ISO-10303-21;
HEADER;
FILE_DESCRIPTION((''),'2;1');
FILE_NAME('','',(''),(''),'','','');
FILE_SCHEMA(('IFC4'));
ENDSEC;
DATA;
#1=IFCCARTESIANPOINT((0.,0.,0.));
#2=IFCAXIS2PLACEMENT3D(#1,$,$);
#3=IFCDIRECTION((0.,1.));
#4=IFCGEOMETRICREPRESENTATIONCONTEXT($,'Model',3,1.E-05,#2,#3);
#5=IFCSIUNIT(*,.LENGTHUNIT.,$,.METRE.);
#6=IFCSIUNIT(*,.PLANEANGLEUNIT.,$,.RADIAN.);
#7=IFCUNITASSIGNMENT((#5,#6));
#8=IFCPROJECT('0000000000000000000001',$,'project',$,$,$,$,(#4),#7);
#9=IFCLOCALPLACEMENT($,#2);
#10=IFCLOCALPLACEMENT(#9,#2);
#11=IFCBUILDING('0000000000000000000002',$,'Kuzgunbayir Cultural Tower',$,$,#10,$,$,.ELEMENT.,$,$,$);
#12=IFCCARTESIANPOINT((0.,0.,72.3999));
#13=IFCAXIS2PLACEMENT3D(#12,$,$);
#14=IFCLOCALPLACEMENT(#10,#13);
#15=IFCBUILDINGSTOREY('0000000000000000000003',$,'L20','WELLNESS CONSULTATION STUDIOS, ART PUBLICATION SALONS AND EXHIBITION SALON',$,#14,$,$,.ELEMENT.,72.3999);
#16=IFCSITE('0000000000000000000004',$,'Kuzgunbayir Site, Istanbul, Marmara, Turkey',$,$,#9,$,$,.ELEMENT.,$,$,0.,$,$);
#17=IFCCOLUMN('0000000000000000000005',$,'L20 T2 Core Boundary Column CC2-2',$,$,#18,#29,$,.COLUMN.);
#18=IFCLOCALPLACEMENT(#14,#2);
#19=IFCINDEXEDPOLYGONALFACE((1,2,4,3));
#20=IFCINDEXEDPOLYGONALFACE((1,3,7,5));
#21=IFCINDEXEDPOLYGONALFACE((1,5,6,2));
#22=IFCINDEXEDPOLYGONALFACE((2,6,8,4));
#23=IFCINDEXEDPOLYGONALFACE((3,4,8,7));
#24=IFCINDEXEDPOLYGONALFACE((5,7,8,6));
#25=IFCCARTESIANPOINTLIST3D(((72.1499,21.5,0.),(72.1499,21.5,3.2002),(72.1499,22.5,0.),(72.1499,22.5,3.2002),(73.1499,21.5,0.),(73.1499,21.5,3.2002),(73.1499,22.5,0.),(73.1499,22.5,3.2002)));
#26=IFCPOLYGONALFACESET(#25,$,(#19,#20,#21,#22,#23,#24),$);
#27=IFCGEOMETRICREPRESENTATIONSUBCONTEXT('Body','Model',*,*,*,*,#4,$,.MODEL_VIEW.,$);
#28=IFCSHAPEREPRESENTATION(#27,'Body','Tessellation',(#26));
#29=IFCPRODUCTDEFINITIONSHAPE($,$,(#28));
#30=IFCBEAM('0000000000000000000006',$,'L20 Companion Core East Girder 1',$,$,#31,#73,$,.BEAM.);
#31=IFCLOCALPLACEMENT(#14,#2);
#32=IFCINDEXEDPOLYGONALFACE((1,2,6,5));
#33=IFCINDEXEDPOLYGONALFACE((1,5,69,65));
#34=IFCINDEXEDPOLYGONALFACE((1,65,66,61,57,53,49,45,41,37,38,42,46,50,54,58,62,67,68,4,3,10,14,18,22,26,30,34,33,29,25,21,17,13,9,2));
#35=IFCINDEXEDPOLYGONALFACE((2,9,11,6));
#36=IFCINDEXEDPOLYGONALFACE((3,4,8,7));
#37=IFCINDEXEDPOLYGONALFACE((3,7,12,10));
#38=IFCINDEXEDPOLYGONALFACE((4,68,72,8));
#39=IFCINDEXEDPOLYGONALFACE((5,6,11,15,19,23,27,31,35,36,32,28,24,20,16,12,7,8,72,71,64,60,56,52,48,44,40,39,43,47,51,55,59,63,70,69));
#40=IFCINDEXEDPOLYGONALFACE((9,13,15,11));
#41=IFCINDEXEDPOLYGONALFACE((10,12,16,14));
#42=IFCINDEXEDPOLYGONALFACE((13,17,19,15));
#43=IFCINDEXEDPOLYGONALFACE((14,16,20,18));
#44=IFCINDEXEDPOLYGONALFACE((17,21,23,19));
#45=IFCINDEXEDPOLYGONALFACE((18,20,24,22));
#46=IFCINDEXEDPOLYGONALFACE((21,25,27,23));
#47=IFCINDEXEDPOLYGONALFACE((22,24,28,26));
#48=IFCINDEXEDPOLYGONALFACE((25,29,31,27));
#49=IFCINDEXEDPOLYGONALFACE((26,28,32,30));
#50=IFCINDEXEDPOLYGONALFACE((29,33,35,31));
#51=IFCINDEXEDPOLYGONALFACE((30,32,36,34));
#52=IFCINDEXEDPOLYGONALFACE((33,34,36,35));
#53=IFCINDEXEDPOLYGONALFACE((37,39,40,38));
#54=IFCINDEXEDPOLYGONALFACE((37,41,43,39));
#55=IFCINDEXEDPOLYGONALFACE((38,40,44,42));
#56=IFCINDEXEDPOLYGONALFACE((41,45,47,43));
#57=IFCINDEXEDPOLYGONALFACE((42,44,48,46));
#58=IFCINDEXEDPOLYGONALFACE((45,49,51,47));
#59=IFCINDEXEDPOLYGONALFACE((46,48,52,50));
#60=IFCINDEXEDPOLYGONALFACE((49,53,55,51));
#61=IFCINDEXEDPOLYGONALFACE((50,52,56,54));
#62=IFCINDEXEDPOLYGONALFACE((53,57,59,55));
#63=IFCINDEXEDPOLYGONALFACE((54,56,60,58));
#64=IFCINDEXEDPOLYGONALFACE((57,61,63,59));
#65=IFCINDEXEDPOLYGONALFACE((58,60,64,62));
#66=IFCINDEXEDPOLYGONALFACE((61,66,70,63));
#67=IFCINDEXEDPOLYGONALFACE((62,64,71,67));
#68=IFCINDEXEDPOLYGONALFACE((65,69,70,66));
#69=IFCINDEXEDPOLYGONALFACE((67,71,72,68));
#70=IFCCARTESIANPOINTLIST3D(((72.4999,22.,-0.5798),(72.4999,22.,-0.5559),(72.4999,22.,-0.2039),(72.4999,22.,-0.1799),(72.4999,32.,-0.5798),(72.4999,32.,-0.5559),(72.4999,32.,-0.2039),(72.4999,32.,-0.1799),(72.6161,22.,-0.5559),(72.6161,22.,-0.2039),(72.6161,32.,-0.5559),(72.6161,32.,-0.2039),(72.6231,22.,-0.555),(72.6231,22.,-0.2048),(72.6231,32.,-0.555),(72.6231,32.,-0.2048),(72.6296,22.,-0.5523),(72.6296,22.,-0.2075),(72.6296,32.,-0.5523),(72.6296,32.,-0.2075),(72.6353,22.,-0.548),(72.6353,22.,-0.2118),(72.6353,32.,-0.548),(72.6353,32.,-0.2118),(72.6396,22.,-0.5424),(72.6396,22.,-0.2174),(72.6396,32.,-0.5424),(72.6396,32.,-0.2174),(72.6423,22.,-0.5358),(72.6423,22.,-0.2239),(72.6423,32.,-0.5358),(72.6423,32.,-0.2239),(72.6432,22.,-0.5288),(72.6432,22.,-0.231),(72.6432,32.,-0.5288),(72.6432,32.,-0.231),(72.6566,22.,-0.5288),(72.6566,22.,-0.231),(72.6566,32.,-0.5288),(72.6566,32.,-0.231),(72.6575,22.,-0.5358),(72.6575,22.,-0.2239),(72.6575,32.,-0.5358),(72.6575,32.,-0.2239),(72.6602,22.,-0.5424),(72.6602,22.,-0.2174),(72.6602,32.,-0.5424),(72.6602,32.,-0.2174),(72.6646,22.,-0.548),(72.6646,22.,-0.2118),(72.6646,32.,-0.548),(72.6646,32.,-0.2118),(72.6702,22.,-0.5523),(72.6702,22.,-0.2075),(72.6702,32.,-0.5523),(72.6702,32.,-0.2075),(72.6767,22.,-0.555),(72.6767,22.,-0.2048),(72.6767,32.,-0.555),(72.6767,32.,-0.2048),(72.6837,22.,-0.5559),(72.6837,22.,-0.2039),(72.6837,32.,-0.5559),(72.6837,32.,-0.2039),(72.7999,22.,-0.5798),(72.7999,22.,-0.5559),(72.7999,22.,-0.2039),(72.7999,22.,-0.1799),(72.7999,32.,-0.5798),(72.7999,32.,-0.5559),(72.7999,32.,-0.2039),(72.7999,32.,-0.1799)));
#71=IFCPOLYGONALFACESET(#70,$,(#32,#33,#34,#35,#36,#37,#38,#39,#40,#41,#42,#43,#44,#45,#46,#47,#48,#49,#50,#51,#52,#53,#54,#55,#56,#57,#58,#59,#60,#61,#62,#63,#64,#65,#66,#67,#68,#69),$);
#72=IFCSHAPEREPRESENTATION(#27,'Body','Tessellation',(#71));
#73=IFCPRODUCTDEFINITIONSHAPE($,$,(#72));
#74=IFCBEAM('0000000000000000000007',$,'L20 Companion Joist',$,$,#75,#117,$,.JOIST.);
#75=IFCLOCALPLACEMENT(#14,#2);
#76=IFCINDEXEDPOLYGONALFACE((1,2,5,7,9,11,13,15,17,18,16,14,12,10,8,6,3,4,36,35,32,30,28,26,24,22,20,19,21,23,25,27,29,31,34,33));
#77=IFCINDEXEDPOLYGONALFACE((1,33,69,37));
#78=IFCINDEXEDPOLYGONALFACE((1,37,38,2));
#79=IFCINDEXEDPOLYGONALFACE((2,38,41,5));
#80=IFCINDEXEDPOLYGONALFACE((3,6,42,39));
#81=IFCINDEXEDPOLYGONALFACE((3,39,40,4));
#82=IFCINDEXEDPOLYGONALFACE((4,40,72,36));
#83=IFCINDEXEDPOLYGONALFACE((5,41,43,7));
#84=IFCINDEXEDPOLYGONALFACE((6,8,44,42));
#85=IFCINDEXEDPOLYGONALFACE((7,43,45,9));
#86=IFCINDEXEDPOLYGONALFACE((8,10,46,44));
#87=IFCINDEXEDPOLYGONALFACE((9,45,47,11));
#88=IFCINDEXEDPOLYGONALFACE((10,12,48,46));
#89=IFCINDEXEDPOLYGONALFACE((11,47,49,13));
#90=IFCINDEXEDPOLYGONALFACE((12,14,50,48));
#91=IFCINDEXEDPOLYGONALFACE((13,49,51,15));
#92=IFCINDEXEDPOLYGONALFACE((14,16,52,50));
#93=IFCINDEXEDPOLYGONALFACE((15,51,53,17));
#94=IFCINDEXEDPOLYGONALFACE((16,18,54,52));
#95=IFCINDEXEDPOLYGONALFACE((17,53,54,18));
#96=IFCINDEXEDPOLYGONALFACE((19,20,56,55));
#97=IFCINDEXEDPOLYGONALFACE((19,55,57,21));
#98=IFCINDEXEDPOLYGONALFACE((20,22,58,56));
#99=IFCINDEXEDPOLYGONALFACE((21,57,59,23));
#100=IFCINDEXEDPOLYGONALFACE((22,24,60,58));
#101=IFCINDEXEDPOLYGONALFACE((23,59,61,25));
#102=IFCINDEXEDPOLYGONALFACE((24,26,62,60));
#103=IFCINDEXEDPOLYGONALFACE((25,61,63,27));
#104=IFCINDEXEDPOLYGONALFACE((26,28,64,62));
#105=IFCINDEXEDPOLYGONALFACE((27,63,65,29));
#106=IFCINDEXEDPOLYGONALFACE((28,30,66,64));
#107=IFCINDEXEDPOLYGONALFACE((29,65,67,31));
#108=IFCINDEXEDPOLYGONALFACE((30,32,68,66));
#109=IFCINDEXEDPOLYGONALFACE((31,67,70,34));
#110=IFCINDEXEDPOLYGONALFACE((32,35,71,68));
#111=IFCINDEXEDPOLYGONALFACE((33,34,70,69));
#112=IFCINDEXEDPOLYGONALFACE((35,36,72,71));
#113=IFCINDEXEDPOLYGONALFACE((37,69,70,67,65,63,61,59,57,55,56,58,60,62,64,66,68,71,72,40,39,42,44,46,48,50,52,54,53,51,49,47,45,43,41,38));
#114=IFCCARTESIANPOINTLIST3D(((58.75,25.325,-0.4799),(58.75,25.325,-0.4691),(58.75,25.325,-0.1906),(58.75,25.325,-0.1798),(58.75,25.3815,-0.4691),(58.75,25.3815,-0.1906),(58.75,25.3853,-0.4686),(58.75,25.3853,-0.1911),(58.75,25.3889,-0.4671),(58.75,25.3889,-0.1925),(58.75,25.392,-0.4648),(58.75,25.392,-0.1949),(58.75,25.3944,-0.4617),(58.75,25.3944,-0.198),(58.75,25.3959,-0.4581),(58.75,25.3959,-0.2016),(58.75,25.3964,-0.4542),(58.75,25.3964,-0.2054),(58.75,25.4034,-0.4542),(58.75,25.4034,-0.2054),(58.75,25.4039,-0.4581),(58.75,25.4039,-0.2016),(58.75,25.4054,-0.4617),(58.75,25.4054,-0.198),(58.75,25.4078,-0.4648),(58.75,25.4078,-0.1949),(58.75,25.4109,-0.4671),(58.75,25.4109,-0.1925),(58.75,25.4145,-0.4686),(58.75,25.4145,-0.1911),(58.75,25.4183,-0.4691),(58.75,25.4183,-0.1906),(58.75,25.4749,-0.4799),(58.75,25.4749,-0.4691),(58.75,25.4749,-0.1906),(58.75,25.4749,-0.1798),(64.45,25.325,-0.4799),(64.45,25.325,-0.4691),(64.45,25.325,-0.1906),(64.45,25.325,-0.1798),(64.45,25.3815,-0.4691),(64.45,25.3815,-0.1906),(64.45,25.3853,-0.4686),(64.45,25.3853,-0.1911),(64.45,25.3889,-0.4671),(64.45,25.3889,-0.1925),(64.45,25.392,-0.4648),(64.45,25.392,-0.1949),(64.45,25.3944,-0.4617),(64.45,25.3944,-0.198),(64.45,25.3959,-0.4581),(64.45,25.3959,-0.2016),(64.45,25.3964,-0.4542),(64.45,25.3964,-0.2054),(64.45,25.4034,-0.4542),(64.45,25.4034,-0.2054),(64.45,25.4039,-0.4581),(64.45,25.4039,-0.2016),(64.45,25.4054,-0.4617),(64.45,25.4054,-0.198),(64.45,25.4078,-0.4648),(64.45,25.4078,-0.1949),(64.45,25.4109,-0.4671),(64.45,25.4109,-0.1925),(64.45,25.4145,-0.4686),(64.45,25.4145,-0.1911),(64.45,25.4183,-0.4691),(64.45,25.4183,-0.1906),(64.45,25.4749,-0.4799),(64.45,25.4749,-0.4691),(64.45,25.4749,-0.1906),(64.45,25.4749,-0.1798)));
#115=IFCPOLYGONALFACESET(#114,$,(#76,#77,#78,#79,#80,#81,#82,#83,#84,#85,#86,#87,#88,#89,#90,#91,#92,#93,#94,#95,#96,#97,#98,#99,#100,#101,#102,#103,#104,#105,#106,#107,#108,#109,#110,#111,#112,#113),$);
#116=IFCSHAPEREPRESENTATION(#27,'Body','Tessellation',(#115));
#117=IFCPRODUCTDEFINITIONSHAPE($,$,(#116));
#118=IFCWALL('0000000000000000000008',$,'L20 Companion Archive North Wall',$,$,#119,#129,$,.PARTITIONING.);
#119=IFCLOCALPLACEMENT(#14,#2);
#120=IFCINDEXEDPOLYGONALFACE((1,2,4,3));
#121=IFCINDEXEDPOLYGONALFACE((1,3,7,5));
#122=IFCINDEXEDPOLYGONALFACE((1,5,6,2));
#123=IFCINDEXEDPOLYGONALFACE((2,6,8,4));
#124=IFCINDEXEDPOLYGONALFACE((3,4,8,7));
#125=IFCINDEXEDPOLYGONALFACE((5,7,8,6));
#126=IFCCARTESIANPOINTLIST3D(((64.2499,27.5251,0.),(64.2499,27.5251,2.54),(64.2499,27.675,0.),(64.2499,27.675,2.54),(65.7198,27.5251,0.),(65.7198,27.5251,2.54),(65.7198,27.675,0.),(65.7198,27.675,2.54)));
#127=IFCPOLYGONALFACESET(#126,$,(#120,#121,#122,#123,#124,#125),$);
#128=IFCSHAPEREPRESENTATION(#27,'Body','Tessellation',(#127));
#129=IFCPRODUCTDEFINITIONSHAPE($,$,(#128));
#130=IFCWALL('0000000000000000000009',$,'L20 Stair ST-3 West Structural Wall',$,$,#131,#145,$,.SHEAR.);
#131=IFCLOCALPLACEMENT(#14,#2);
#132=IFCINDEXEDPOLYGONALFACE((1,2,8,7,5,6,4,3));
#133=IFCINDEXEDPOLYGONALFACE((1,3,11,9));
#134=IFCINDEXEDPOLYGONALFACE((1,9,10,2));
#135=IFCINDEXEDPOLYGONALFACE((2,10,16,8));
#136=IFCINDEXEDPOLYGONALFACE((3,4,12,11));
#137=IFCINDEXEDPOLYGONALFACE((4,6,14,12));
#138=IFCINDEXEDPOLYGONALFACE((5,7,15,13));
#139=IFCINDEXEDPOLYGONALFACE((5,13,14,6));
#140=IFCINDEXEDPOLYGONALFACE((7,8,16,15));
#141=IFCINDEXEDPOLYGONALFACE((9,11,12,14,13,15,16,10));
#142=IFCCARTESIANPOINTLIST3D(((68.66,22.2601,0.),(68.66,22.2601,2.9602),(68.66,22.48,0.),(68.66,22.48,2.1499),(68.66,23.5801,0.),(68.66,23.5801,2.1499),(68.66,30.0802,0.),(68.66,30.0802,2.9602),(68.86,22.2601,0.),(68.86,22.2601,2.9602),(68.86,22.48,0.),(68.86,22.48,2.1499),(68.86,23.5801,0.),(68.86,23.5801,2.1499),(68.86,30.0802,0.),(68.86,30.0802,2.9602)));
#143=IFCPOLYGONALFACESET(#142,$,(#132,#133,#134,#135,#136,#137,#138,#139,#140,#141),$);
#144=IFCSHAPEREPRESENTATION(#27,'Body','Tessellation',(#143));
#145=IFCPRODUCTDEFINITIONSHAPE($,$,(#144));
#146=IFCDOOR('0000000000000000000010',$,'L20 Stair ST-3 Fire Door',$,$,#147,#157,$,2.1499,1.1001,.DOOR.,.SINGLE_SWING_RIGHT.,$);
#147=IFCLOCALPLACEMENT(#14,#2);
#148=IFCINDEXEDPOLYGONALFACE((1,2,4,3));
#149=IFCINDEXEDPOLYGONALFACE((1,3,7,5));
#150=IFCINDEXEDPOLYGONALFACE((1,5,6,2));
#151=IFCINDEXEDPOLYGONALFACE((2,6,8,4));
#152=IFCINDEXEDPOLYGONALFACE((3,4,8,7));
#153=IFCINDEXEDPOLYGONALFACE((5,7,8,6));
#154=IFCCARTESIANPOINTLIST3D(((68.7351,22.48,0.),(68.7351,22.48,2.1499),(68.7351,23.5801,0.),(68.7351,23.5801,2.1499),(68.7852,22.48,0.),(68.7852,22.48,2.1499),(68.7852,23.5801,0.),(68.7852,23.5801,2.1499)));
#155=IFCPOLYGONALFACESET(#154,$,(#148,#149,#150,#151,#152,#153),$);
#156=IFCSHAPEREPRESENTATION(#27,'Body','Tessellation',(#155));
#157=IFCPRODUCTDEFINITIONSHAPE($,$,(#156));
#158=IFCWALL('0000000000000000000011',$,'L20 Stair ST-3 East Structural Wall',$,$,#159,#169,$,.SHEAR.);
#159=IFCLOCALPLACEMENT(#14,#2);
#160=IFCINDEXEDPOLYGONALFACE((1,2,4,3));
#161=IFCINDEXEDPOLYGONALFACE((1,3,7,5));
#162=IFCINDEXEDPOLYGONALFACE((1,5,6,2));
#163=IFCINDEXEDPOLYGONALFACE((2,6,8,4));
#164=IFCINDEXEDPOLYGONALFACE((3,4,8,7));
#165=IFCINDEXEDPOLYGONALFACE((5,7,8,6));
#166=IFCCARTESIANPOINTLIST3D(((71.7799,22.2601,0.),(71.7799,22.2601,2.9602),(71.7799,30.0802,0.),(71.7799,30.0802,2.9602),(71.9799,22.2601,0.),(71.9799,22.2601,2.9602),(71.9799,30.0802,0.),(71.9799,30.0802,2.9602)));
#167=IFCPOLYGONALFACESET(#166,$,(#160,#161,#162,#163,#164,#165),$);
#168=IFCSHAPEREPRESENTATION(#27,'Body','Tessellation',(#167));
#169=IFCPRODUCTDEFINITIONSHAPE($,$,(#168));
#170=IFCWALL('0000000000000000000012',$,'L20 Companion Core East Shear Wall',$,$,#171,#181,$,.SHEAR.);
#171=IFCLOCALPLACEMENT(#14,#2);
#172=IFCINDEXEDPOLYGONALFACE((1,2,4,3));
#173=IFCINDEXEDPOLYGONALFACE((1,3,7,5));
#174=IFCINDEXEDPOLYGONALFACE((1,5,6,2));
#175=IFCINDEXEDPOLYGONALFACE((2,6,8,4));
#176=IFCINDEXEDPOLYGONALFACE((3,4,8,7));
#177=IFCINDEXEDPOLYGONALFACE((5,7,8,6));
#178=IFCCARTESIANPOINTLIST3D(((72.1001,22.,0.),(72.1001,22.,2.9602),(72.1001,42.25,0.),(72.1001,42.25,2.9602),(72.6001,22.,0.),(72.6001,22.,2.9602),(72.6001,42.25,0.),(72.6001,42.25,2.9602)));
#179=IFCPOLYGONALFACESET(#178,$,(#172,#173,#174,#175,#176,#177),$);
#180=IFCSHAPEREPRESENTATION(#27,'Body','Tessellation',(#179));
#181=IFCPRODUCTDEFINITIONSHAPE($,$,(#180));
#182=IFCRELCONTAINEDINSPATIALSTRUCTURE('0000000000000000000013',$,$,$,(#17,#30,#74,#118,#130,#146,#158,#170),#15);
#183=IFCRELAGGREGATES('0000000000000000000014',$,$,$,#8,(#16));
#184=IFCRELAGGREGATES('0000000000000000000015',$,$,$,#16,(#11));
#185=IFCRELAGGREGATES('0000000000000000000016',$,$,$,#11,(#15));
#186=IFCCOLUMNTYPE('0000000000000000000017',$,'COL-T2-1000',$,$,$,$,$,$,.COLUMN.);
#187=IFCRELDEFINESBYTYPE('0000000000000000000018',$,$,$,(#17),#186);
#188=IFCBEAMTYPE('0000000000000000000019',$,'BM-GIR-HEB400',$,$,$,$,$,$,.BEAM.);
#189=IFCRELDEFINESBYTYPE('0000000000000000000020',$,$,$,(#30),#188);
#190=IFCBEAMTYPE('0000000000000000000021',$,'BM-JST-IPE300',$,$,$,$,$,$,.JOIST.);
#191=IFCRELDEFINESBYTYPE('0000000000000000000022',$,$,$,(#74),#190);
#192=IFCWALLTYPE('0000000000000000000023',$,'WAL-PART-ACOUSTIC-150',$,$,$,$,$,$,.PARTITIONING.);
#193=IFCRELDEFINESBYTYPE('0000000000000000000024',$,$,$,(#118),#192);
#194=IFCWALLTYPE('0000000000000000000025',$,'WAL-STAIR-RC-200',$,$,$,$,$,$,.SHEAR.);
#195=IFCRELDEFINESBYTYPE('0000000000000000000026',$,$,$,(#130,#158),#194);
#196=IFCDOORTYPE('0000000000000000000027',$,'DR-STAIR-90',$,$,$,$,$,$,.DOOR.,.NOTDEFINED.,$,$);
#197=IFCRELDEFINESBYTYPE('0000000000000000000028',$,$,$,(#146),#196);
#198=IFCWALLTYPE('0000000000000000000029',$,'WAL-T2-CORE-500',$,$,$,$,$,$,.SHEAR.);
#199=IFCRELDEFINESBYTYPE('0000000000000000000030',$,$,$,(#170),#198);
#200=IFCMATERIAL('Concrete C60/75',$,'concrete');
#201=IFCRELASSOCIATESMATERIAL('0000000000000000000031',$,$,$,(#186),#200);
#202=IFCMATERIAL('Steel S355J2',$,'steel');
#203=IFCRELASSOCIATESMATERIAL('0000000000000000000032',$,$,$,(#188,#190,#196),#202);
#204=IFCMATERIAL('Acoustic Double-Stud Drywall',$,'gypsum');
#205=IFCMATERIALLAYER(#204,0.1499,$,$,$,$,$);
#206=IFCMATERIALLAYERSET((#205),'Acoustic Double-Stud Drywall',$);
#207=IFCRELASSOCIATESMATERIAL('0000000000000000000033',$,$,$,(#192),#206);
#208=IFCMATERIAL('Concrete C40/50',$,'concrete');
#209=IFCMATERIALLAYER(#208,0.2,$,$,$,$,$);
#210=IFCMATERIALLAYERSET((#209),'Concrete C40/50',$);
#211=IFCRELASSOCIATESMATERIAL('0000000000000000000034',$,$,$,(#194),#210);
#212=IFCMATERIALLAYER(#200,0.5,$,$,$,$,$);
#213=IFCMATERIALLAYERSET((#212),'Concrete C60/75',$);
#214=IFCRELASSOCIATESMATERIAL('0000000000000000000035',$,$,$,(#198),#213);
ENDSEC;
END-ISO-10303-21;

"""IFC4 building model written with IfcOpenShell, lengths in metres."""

from ifc_helpers import new_model, si_unit, direction, frame, frame_2d, origin, origin_2d, place, context, subcontext, project, spatial, rectangle, i_section, extrude, material, layer, layer_set, material_profile, profile_set, type_object, element, fill, save


model = new_model("IFC4")

# Units and contexts
model_context = context("Model", 3, precision=1e-05, world=origin(), true_north=direction((0.0, 1.0)))
body_context = subcontext(model_context, "Body", "Model", "MODEL_VIEW")
ifc_project = project(units=[si_unit("LENGTHUNIT", "METRE"), si_unit("PLANEANGLEUNIT", "RADIAN")], contexts=[model_context])

# Site, building, storey
site_placement = place(None, origin())
site = spatial("IfcSite", under=ifc_project, at=site_placement, Name="Kuzgunbayir Site, Istanbul, Marmara, Turkey", CompositionType="ELEMENT", RefElevation=0.0)
building_placement = place(site_placement, origin())
building = spatial("IfcBuilding", under=site, at=building_placement, Name="Kuzgunbayir Cultural Tower", CompositionType="ELEMENT")
storey_placement = place(building_placement, frame((0.0, 0.0, 72.3999)))
storey = spatial("IfcBuildingStorey", under=building, at=storey_placement, Name="L20", Description="WELLNESS CONSULTATION STUDIOS, ART PUBLICATION SALONS AND EXHIBITION SALON", CompositionType="ELEMENT", Elevation=72.3999)

# Column
ifc_material_1 = material(Name="Concrete C60/75", Category="concrete")
ifc_material_profile_1 = material_profile(ifc_material_1, rectangle(XDim=1.0, YDim=1.0, at=origin_2d()), Name="RC 1000x1000")
ifc_profile_set_1 = profile_set([ifc_material_profile_1], Name="Concrete C60/75")
column_type = type_object("IfcColumnType", Name="COL-T2-1000", PredefinedType="COLUMN", material=ifc_profile_set_1)
column_placement = place(storey_placement, frame((72.6499, 22.0, 0.0), z_axis=(0.0, 0.0, 1.0), x_axis=(1.0, 0.0, 0.0)))
element("IfcColumn", 1, at=column_placement, inside=storey, type_object=column_type, Name="L20 T2 Core Boundary Column CC2-2", PredefinedType="COLUMN", context=body_context, shape_type="SweptSolid", body=[
    extrude(rectangle(XDim=1.0, YDim=1.0, at=origin_2d()), origin(), (0.0, 0.0, 1.0), 3.2002),
])

# Beams
ifc_material_2 = material(Name="Steel S355J2", Category="steel")
ifc_material_profile_2 = material_profile(ifc_material_2, i_section(OverallWidth=0.3, OverallDepth=0.3999, WebThickness=0.0134, FlangeThickness=0.0239, FilletRadius=0.0271, at=origin_2d()), Name="HEB 400")
ifc_profile_set_2 = profile_set([ifc_material_profile_2], Name="Steel S355J2")
beam_type_1 = type_object("IfcBeamType", Name="BM-GIR-HEB400", PredefinedType="BEAM", material=ifc_profile_set_2)
beam_1_placement = place(storey_placement, frame((72.6499, 22.0, -0.3799), z_axis=(0.0, 1.0, 0.0), x_axis=(-1.0, 0.0, 0.0)))
element("IfcBeam", 2, at=beam_1_placement, inside=storey, type_object=beam_type_1, Name="L20 Companion Core East Girder 1", PredefinedType="BEAM", context=body_context, shape_type="SweptSolid", body=[
    extrude(i_section(OverallWidth=0.3, OverallDepth=0.3999, WebThickness=0.0134, FlangeThickness=0.0239, FilletRadius=0.0271, at=origin_2d()), origin(), (0.0, 0.0, 1.0), 10.0),
])
ifc_material_profile_3 = material_profile(ifc_material_2, i_section(OverallWidth=0.1499, OverallDepth=0.3, WebThickness=0.0071, FlangeThickness=0.0107, FilletRadius=0.0149, at=origin_2d()), Name="IPE 300")
ifc_profile_set_3 = profile_set([ifc_material_profile_3], Name="Steel S355J2")
beam_type_2 = type_object("IfcBeamType", Name="BM-JST-IPE300", PredefinedType="JOIST", material=ifc_profile_set_3)
beam_2_placement = place(storey_placement, frame((58.75, 25.3999, -0.3298), z_axis=(1.0, 0.0, 0.0), x_axis=(0.0, 1.0, 0.0)))
element("IfcBeam", 3, at=beam_2_placement, inside=storey, type_object=beam_type_2, Name="L20 Companion Joist", PredefinedType="JOIST", context=body_context, shape_type="SweptSolid", body=[
    extrude(i_section(OverallWidth=0.1499, OverallDepth=0.3, WebThickness=0.0071, FlangeThickness=0.0107, FilletRadius=0.0149, at=origin_2d()), origin(), (0.0, 0.0, 1.0), 5.7),
])

# Wall
ifc_material_3 = material(Name="Acoustic Double-Stud Drywall", Category="gypsum")
ifc_layer_1 = layer(ifc_material_3, 0.1499)
ifc_layer_set_1 = layer_set([ifc_layer_1], Name="Acoustic Double-Stud Drywall")
wall_type_1 = type_object("IfcWallType", Name="WAL-PART-ACOUSTIC-150", PredefinedType="PARTITIONING", material=ifc_layer_set_1)
wall_1_placement = place(storey_placement, frame((64.25, 27.6001, 0.0), z_axis=(0.0, 0.0, 1.0), x_axis=(1.0, 0.0, 0.0)))
element("IfcWall", 4, at=wall_1_placement, inside=storey, type_object=wall_type_1, Name="L20 Companion Archive North Wall", PredefinedType="PARTITIONING", context=body_context, shape_type="SweptSolid", body=[
    extrude(rectangle(XDim=1.47, YDim=0.1499, at=frame_2d((0.7349, 0.0))), origin(), (0.0, 0.0, 1.0), 2.54),
])

# Wall, opening, door
ifc_material_4 = material(Name="Concrete C40/50", Category="concrete")
ifc_layer_2 = layer(ifc_material_4, 0.2)
ifc_layer_set_2 = layer_set([ifc_layer_2], Name="Concrete C40/50")
wall_type_2 = type_object("IfcWallType", Name="WAL-STAIR-RC-200", PredefinedType="SHEAR", material=ifc_layer_set_2)
wall_2_placement = place(storey_placement, frame((68.76, 22.26, 0.0), z_axis=(0.0, 0.0, 1.0), x_axis=(0.0, 1.0, 0.0)))
wall_2 = element("IfcWall", 5, at=wall_2_placement, inside=storey, type_object=wall_type_2, Name="L20 Stair ST-3 West Structural Wall", PredefinedType="SHEAR", context=body_context, shape_type="SweptSolid", body=[
    extrude(rectangle(XDim=7.8201, YDim=0.2, at=frame_2d((3.9102, 0.0))), origin(), (0.0, 0.0, 1.0), 2.9602),
])
opening_1_placement = place(wall_2_placement, frame((0.22, 0.0, 0.0)))
opening_1 = element("IfcOpeningElement", 6, at=opening_1_placement, cuts=wall_2, PredefinedType="OPENING", context=body_context, shape_type="SweptSolid", body=[
    extrude(rectangle(XDim=1.1001, YDim=2.1499, at=frame_2d((0.55, 1.075))), frame((0.0, 0.1099, 0.0), z_axis=(0.0, -1.0, 0.0), x_axis=(1.0, 0.0, 0.0)), (0.0, 0.0, 1.0), 0.22),
])
door_type_1 = type_object("IfcDoorType", Name="DR-STAIR-90", OperationType="NOTDEFINED", PredefinedType="DOOR", material=ifc_material_2)
door_1_placement = place(opening_1_placement, origin())
door_1 = element("IfcDoor", 7, at=door_1_placement, inside=storey, type_object=door_type_1, Name="L20 Stair ST-3 Fire Door", OperationType="SINGLE_SWING_RIGHT", OverallHeight=2.1499, OverallWidth=1.1001, PredefinedType="DOOR", context=body_context, shape_type="SweptSolid", body=[
    extrude(rectangle(XDim=1.1001, YDim=2.1499, at=frame_2d((0.55, 1.075))), frame((0.0, 0.0249, 0.0), z_axis=(0.0, -1.0, 0.0), x_axis=(1.0, 0.0, 0.0)), (0.0, 0.0, 1.0), 0.05),
])
fill(opening_1, door_1)

# Walls
wall_3_placement = place(storey_placement, frame((71.8799, 22.26, 0.0), z_axis=(0.0, 0.0, 1.0), x_axis=(0.0, 1.0, 0.0)))
element("IfcWall", 8, at=wall_3_placement, inside=storey, type_object=wall_type_2, Name="L20 Stair ST-3 East Structural Wall", PredefinedType="SHEAR", context=body_context, shape_type="SweptSolid", body=[
    extrude(rectangle(XDim=7.8201, YDim=0.2, at=frame_2d((3.9102, 0.0))), origin(), (0.0, 0.0, 1.0), 2.9602),
])
ifc_layer_3 = layer(ifc_material_1, 0.5)
ifc_layer_set_3 = layer_set([ifc_layer_3], Name="Concrete C60/75")
wall_type_3 = type_object("IfcWallType", Name="WAL-T2-CORE-500", PredefinedType="SHEAR", material=ifc_layer_set_3)
wall_4_placement = place(storey_placement, frame((72.3501, 22.0, 0.0), z_axis=(0.0, 0.0, 1.0), x_axis=(0.0, 1.0, 0.0)))
element("IfcWall", 9, at=wall_4_placement, inside=storey, type_object=wall_type_3, Name="L20 Companion Core East Shear Wall", PredefinedType="SHEAR", context=body_context, shape_type="SweptSolid", body=[
    extrude(rectangle(XDim=20.25, YDim=0.5, at=frame_2d((10.125, 0.0))), origin(), (0.0, 0.0, 1.0), 2.9602),
])

save(model, "model.ifc")
